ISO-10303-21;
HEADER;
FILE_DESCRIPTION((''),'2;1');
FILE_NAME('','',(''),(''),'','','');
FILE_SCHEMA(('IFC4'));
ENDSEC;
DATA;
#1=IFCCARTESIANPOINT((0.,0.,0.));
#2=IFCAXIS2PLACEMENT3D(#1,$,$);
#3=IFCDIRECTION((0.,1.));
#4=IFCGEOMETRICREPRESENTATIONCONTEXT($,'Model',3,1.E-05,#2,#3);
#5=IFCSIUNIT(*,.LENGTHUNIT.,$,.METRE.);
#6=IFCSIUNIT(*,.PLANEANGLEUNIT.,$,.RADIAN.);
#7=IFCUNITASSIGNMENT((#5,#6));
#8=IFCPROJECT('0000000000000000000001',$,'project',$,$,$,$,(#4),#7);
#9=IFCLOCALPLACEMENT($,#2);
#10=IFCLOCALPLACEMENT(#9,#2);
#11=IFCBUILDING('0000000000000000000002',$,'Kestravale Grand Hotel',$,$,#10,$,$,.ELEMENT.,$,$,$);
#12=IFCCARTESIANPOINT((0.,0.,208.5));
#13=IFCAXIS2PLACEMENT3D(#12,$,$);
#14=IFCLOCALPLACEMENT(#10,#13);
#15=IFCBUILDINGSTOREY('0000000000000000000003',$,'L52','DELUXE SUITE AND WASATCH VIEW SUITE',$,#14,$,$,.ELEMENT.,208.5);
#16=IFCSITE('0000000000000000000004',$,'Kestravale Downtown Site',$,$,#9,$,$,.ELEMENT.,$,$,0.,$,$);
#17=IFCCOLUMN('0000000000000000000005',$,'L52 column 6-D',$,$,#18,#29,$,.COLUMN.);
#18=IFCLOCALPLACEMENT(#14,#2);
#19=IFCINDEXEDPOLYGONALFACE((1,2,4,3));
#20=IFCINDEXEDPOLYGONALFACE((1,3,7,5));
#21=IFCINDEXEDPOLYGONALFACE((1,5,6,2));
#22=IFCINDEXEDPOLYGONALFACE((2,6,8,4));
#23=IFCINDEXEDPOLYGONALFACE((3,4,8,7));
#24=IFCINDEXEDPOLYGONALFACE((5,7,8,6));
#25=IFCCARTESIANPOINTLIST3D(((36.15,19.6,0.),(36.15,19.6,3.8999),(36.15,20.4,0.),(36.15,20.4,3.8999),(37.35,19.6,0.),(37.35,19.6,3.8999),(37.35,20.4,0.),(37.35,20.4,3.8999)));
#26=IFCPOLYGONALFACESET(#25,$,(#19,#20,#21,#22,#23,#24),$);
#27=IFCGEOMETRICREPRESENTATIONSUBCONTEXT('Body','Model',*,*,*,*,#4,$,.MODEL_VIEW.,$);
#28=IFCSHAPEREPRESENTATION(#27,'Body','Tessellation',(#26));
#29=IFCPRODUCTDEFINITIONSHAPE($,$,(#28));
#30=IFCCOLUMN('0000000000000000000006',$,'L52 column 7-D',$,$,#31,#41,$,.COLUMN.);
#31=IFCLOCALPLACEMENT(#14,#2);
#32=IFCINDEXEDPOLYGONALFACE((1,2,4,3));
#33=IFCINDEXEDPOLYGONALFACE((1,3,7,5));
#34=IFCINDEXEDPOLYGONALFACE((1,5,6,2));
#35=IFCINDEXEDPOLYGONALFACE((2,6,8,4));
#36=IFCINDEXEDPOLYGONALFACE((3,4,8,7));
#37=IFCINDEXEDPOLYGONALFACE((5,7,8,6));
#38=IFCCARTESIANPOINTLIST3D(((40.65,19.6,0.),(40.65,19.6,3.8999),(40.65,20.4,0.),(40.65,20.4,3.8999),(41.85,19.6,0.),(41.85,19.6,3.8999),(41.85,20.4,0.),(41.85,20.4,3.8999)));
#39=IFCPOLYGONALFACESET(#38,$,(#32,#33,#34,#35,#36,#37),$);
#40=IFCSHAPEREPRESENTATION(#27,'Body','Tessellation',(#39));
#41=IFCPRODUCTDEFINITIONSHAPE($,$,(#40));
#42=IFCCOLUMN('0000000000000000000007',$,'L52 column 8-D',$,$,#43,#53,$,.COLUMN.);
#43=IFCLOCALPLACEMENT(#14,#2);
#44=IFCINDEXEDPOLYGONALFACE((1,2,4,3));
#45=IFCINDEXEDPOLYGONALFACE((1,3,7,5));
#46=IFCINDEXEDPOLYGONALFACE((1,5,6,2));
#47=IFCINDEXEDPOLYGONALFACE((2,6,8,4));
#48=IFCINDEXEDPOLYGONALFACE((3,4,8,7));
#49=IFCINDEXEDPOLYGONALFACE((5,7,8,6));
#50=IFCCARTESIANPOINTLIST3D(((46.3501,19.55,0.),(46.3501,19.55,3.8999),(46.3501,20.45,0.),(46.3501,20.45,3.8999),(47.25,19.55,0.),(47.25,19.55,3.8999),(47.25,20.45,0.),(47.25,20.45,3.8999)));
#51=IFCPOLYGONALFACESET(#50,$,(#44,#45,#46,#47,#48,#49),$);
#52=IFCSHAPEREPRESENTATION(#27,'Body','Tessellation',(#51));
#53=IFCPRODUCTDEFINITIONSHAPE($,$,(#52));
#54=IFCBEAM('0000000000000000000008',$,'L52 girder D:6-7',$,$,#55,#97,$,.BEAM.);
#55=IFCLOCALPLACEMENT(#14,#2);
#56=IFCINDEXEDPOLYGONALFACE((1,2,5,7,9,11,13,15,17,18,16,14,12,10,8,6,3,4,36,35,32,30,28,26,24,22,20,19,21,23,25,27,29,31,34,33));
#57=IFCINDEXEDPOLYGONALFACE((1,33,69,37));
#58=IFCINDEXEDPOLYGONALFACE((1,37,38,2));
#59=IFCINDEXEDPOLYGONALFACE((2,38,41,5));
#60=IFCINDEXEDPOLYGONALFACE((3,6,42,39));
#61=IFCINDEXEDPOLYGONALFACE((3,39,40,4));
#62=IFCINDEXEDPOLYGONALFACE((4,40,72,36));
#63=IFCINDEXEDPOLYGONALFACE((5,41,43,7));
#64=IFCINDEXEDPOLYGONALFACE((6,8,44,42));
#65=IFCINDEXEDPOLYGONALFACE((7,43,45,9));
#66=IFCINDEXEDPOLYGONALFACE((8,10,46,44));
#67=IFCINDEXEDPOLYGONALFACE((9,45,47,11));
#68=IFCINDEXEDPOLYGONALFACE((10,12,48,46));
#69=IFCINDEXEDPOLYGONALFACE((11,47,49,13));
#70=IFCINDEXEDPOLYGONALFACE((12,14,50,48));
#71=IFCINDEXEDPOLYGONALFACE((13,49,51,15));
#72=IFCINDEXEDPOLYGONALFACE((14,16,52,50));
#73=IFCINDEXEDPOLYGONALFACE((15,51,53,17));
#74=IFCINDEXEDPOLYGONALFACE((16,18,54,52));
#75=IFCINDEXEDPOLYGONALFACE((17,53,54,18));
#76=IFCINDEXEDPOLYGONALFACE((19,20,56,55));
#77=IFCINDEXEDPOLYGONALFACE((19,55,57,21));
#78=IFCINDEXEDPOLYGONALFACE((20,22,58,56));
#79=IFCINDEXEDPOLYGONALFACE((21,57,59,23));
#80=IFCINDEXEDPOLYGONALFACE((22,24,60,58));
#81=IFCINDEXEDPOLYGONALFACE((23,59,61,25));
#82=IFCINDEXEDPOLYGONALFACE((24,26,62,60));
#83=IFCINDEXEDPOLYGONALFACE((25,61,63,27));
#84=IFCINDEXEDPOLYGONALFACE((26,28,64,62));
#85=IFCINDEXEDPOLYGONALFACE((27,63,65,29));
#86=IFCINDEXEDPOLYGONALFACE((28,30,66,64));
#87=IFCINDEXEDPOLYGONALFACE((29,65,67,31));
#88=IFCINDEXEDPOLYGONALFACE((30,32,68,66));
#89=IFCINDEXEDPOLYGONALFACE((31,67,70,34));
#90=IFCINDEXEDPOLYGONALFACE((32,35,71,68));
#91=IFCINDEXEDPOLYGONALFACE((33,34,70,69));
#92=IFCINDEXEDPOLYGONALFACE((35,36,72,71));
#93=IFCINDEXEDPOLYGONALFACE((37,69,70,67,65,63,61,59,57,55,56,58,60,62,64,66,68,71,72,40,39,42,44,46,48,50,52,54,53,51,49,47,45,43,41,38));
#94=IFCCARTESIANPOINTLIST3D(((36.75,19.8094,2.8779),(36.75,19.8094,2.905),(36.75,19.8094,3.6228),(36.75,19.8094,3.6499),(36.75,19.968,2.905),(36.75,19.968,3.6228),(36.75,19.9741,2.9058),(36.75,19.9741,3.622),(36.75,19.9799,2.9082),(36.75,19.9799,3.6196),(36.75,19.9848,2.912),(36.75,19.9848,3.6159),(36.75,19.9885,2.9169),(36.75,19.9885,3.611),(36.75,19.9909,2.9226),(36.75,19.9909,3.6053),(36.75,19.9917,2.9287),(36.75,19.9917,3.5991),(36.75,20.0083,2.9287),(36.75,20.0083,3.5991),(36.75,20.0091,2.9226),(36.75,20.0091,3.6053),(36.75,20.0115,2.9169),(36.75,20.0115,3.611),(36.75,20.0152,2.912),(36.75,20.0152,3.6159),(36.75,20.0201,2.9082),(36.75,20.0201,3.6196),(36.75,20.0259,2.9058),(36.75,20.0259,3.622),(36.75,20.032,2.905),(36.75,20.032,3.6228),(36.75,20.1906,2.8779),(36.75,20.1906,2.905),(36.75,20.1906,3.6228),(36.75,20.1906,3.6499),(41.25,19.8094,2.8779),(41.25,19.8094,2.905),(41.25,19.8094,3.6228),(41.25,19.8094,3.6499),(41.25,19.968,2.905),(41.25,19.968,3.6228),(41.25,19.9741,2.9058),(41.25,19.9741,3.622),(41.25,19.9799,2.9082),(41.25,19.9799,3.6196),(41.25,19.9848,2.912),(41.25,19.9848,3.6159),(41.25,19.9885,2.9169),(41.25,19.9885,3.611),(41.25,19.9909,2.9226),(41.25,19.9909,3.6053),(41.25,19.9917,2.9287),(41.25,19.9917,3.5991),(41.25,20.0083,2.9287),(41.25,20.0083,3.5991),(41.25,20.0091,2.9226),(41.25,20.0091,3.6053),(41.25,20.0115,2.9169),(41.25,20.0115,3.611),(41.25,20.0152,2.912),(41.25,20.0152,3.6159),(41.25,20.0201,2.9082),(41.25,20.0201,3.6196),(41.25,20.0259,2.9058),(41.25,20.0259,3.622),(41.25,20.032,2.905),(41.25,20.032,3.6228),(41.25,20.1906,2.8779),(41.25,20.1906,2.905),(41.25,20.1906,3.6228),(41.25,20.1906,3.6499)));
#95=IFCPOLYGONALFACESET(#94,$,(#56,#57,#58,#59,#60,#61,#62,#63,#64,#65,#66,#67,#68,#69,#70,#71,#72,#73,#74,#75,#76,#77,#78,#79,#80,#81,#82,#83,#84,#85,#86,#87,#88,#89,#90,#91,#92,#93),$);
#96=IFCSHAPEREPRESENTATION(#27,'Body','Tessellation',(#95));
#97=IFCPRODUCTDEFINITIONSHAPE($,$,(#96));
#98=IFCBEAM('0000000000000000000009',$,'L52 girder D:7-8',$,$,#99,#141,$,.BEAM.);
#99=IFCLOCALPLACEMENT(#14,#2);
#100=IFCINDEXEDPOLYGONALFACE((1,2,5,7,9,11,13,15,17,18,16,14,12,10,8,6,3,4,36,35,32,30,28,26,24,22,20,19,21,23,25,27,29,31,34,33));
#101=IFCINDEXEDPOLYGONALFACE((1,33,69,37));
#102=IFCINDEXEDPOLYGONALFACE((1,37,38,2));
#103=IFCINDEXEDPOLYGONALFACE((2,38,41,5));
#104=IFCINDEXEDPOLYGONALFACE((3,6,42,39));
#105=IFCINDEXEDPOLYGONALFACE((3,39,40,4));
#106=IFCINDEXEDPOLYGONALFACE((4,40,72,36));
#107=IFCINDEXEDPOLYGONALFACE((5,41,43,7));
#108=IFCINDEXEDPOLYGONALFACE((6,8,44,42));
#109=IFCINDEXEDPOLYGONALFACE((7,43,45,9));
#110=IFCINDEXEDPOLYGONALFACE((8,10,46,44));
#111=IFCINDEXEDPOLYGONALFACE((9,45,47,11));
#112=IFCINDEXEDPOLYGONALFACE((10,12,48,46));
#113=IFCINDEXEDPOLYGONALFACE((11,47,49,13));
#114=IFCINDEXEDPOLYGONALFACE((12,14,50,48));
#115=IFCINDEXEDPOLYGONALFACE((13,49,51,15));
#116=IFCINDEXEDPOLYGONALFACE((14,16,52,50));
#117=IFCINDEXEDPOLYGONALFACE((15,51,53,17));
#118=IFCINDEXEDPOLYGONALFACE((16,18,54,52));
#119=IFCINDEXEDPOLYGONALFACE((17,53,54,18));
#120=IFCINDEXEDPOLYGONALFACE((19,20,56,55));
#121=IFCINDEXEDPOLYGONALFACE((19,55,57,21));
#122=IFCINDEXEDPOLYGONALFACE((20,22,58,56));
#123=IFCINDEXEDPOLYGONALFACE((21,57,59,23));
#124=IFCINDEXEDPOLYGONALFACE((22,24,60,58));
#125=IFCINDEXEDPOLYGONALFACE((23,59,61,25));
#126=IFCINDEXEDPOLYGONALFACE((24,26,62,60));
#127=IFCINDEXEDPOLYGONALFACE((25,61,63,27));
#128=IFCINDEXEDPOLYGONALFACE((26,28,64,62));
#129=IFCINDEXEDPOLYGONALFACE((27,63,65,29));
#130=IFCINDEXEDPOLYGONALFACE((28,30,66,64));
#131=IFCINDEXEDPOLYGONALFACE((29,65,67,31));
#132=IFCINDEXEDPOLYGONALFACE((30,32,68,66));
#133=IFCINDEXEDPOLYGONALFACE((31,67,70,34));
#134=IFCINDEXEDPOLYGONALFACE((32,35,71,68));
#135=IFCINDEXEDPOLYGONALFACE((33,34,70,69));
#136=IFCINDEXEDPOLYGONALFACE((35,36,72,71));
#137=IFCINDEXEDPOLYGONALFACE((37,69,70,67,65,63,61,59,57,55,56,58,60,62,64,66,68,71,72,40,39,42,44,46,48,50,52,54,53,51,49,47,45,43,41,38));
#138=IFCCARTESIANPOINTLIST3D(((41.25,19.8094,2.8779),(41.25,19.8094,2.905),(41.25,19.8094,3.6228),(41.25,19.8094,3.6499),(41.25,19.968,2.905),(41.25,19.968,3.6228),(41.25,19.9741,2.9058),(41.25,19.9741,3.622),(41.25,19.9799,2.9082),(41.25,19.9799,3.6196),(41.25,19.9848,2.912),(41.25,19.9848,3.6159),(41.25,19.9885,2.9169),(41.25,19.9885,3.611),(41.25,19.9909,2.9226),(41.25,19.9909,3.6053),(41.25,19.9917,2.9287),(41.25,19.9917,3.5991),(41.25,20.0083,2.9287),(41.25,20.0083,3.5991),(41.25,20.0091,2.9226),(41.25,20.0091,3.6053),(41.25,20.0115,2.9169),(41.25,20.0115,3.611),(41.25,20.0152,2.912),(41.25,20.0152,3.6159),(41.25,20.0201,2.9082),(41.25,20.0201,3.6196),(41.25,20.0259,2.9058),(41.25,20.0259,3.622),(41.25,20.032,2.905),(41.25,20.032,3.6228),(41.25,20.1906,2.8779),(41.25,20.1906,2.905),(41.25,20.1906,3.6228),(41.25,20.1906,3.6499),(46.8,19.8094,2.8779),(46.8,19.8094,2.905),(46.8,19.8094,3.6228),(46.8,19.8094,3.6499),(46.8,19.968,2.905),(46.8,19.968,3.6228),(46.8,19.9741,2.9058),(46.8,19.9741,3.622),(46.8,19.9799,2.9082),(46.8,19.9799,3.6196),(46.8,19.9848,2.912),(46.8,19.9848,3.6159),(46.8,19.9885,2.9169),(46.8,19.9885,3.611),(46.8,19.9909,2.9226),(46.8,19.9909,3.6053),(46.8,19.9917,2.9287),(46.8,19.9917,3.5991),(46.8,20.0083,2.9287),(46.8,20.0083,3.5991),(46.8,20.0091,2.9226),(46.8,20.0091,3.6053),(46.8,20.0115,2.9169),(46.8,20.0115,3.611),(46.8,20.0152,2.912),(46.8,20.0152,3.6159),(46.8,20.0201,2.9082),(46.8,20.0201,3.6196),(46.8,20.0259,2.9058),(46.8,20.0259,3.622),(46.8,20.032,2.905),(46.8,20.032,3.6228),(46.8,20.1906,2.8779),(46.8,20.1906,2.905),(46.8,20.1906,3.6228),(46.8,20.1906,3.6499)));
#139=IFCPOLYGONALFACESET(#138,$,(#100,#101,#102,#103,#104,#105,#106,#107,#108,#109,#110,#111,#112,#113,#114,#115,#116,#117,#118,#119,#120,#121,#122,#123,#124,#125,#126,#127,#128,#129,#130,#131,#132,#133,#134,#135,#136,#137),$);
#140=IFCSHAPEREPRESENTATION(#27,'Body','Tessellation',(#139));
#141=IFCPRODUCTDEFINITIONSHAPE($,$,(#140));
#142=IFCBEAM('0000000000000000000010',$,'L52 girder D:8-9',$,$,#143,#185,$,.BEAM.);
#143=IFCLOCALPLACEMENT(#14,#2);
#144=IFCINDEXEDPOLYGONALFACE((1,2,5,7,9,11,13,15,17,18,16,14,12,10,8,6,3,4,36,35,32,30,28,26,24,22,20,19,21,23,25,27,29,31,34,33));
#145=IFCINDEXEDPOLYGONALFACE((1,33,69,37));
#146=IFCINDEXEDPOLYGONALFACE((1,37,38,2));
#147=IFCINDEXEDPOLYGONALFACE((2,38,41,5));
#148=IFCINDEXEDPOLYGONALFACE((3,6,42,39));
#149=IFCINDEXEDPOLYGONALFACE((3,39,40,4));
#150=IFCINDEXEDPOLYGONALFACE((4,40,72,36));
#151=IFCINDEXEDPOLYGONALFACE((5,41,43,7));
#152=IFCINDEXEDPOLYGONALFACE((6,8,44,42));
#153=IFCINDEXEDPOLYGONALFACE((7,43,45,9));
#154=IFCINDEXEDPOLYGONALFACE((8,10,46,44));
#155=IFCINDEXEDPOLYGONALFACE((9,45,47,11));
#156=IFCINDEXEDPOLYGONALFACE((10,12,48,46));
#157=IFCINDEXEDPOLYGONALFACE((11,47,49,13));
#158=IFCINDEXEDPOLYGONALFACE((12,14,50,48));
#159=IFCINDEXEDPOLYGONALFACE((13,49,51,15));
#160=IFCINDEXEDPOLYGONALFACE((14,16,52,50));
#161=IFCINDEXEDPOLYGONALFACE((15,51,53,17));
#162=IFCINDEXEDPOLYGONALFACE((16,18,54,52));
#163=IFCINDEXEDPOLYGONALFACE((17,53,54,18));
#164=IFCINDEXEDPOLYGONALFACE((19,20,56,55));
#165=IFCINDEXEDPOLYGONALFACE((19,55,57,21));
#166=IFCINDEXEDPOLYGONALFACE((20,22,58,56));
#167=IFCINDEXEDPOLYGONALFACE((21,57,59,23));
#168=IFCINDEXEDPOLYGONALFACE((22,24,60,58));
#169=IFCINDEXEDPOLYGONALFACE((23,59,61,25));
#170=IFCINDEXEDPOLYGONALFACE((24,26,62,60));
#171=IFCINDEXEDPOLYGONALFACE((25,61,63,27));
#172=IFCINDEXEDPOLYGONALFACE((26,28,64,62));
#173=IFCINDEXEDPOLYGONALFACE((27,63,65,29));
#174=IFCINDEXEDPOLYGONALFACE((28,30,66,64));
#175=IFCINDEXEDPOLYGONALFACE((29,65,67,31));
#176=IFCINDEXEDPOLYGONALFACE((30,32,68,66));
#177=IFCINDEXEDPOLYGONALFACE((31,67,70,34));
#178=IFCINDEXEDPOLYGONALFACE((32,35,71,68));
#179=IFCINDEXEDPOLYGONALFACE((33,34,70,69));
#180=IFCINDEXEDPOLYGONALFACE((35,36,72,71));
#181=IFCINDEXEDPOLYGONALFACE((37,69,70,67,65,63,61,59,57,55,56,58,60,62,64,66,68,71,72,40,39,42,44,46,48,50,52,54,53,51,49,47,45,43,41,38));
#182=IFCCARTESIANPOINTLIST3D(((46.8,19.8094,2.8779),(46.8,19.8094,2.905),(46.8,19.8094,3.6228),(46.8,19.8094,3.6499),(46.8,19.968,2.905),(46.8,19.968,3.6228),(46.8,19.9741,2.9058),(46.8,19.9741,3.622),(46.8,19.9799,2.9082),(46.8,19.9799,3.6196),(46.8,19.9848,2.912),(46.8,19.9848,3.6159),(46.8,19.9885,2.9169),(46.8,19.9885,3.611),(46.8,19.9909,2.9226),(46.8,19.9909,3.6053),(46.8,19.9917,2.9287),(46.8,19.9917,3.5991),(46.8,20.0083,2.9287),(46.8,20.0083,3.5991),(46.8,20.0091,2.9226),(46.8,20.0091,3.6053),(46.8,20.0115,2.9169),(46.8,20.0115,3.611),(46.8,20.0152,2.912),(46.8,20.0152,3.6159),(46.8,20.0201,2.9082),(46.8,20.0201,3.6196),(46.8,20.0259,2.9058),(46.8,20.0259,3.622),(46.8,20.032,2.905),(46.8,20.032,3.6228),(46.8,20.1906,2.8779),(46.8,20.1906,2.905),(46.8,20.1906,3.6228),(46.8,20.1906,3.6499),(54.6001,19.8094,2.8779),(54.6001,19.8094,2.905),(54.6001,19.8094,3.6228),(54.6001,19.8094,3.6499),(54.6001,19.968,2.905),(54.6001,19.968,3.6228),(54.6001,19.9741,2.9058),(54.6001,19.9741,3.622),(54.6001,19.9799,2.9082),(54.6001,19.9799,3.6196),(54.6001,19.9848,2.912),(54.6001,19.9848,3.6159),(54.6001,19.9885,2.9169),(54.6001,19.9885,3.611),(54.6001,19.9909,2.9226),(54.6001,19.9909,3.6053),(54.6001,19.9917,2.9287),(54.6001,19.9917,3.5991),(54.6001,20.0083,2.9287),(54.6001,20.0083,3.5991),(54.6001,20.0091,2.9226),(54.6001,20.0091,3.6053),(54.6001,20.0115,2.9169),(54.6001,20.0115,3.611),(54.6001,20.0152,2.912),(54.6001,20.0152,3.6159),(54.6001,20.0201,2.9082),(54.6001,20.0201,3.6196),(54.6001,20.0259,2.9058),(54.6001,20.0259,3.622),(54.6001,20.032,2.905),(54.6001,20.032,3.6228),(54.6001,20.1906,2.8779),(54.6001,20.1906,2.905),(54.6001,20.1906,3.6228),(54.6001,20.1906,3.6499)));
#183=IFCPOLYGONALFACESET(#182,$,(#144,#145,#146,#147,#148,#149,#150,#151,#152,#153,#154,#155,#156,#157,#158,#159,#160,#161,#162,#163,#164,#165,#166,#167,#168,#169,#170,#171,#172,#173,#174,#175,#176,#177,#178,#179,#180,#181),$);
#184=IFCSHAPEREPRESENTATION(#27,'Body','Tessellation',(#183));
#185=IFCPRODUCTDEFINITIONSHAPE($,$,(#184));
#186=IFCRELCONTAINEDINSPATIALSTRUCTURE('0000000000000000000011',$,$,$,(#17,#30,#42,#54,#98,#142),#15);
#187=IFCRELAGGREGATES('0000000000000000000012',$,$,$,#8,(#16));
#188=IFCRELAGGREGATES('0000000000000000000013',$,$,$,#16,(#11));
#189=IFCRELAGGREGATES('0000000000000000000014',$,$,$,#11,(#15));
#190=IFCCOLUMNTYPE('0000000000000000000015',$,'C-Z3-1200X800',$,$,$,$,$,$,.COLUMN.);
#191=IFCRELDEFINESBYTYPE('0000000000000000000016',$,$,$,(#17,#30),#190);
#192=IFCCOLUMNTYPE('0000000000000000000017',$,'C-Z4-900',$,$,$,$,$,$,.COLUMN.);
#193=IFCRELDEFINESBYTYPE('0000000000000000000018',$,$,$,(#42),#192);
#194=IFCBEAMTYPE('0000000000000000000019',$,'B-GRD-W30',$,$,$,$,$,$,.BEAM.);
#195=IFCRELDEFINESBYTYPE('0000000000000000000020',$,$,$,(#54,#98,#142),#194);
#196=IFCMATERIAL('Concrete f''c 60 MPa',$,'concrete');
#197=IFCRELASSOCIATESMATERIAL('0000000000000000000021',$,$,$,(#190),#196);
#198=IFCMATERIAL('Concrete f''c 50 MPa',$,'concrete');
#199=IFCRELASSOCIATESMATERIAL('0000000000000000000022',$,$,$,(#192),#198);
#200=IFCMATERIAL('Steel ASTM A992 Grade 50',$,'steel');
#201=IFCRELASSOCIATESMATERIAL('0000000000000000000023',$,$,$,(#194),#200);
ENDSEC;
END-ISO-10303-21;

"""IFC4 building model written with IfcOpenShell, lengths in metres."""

from ifc_helpers import new_model, si_unit, direction, frame, origin, origin_2d, place, context, subcontext, project, spatial, rectangle, i_section, extrude, material, material_profile, profile_set, type_object, element, save


model = new_model("IFC4")

# Units and contexts
model_context = context("Model", 3, precision=1e-05, world=origin(), true_north=direction((0.0, 1.0)))
body_context = subcontext(model_context, "Body", "Model", "MODEL_VIEW")
ifc_project = project(units=[si_unit("LENGTHUNIT", "METRE"), si_unit("PLANEANGLEUNIT", "RADIAN")], contexts=[model_context])

# Site, building, storey
site_placement = place(None, origin())
site = spatial("IfcSite", under=ifc_project, at=site_placement, Name="Kestravale Downtown Site", CompositionType="ELEMENT", RefElevation=0.0)
building_placement = place(site_placement, origin())
building = spatial("IfcBuilding", under=site, at=building_placement, Name="Kestravale Grand Hotel", CompositionType="ELEMENT")
storey_placement = place(building_placement, frame((0.0, 0.0, 208.5)))
storey = spatial("IfcBuildingStorey", under=building, at=storey_placement, Name="L52", Description="DELUXE SUITE AND WASATCH VIEW SUITE", CompositionType="ELEMENT", Elevation=208.5)

# Columns
ifc_material_1 = material(Name="Concrete f'c 60 MPa", Category="concrete")
ifc_material_profile_1 = material_profile(ifc_material_1, rectangle(XDim=1.2, YDim=0.8, at=origin_2d()))
ifc_profile_set_1 = profile_set([ifc_material_profile_1], Name="Concrete f'c 60 MPa")
column_type_1 = type_object("IfcColumnType", Name="C-Z3-1200X800", PredefinedType="COLUMN", material=ifc_profile_set_1)
for number, where, z_axis, x_axis, name in (
    (1, (36.75, 20.0, 0.0), (0.0, 0.0, 1.0), (1.0, 0.0, 0.0), "L52 column 6-D"),
    (2, (41.25, 20.0, 0.0), (0.0, 0.0, 1.0), (1.0, 0.0, 0.0), "L52 column 7-D"),
):
    element("IfcColumn", number, at=place(storey_placement, frame(where, z_axis=z_axis, x_axis=x_axis)), inside=storey, type_object=column_type_1, Name=name, PredefinedType="COLUMN", context=body_context, shape_type="SweptSolid", body=[
        extrude(rectangle(XDim=1.2, YDim=0.8, at=origin_2d()), origin(), (0.0, 0.0, 1.0), 3.8999),
    ])
ifc_material_2 = material(Name="Concrete f'c 50 MPa", Category="concrete")
ifc_material_profile_2 = material_profile(ifc_material_2, rectangle(XDim=0.8999, YDim=0.8999, at=origin_2d()))
ifc_profile_set_2 = profile_set([ifc_material_profile_2], Name="Concrete f'c 50 MPa")
column_type_2 = type_object("IfcColumnType", Name="C-Z4-900", PredefinedType="COLUMN", material=ifc_profile_set_2)
column_placement = place(storey_placement, frame((46.8, 20.0, 0.0), z_axis=(0.0, 0.0, 1.0), x_axis=(1.0, 0.0, 0.0)))
element("IfcColumn", 3, at=column_placement, inside=storey, type_object=column_type_2, Name="L52 column 8-D", PredefinedType="COLUMN", context=body_context, shape_type="SweptSolid", body=[
    extrude(rectangle(XDim=0.8999, YDim=0.8999, at=origin_2d()), origin(), (0.0, 0.0, 1.0), 3.8999),
])

# Beams
ifc_material_3 = material(Name="Steel ASTM A992 Grade 50", Category="steel")
ifc_material_profile_3 = material_profile(ifc_material_3, i_section(OverallWidth=0.3811, OverallDepth=0.772, WebThickness=0.0166, FlangeThickness=0.0271, FilletRadius=0.0237, at=origin_2d()))
ifc_profile_set_3 = profile_set([ifc_material_profile_3], Name="Steel ASTM A992 Grade 50")
beam_type = type_object("IfcBeamType", Name="B-GRD-W30", PredefinedType="BEAM", material=ifc_profile_set_3)
beam_1_placement = place(storey_placement, frame((36.75, 20.0, 3.2639), z_axis=(1.0, 0.0, 0.0), x_axis=(0.0, 1.0, 0.0)))
element("IfcBeam", 4, at=beam_1_placement, inside=storey, type_object=beam_type, Name="L52 girder D:6-7", PredefinedType="BEAM", context=body_context, shape_type="SweptSolid", body=[
    extrude(i_section(OverallWidth=0.3811, OverallDepth=0.772, WebThickness=0.0166, FlangeThickness=0.0271, FilletRadius=0.0237, at=origin_2d()), origin(), (0.0, 0.0, 1.0), 4.5),
])
beam_2_placement = place(storey_placement, frame((41.25, 20.0, 3.2639), z_axis=(1.0, 0.0, 0.0), x_axis=(0.0, 1.0, 0.0)))
element("IfcBeam", 5, at=beam_2_placement, inside=storey, type_object=beam_type, Name="L52 girder D:7-8", PredefinedType="BEAM", context=body_context, shape_type="SweptSolid", body=[
    extrude(i_section(OverallWidth=0.3811, OverallDepth=0.772, WebThickness=0.0166, FlangeThickness=0.0271, FilletRadius=0.0237, at=origin_2d()), origin(), (0.0, 0.0, 1.0), 5.55),
])
beam_3_placement = place(storey_placement, frame((46.8, 20.0, 3.2639), z_axis=(1.0, 0.0, 0.0), x_axis=(0.0, 1.0, 0.0)))
element("IfcBeam", 6, at=beam_3_placement, inside=storey, type_object=beam_type, Name="L52 girder D:8-9", PredefinedType="BEAM", context=body_context, shape_type="SweptSolid", body=[
    extrude(i_section(OverallWidth=0.3811, OverallDepth=0.772, WebThickness=0.0166, FlangeThickness=0.0271, FilletRadius=0.0237, at=origin_2d()), origin(), (0.0, 0.0, 1.0), 7.8),
])

save(model, "model.ifc")
